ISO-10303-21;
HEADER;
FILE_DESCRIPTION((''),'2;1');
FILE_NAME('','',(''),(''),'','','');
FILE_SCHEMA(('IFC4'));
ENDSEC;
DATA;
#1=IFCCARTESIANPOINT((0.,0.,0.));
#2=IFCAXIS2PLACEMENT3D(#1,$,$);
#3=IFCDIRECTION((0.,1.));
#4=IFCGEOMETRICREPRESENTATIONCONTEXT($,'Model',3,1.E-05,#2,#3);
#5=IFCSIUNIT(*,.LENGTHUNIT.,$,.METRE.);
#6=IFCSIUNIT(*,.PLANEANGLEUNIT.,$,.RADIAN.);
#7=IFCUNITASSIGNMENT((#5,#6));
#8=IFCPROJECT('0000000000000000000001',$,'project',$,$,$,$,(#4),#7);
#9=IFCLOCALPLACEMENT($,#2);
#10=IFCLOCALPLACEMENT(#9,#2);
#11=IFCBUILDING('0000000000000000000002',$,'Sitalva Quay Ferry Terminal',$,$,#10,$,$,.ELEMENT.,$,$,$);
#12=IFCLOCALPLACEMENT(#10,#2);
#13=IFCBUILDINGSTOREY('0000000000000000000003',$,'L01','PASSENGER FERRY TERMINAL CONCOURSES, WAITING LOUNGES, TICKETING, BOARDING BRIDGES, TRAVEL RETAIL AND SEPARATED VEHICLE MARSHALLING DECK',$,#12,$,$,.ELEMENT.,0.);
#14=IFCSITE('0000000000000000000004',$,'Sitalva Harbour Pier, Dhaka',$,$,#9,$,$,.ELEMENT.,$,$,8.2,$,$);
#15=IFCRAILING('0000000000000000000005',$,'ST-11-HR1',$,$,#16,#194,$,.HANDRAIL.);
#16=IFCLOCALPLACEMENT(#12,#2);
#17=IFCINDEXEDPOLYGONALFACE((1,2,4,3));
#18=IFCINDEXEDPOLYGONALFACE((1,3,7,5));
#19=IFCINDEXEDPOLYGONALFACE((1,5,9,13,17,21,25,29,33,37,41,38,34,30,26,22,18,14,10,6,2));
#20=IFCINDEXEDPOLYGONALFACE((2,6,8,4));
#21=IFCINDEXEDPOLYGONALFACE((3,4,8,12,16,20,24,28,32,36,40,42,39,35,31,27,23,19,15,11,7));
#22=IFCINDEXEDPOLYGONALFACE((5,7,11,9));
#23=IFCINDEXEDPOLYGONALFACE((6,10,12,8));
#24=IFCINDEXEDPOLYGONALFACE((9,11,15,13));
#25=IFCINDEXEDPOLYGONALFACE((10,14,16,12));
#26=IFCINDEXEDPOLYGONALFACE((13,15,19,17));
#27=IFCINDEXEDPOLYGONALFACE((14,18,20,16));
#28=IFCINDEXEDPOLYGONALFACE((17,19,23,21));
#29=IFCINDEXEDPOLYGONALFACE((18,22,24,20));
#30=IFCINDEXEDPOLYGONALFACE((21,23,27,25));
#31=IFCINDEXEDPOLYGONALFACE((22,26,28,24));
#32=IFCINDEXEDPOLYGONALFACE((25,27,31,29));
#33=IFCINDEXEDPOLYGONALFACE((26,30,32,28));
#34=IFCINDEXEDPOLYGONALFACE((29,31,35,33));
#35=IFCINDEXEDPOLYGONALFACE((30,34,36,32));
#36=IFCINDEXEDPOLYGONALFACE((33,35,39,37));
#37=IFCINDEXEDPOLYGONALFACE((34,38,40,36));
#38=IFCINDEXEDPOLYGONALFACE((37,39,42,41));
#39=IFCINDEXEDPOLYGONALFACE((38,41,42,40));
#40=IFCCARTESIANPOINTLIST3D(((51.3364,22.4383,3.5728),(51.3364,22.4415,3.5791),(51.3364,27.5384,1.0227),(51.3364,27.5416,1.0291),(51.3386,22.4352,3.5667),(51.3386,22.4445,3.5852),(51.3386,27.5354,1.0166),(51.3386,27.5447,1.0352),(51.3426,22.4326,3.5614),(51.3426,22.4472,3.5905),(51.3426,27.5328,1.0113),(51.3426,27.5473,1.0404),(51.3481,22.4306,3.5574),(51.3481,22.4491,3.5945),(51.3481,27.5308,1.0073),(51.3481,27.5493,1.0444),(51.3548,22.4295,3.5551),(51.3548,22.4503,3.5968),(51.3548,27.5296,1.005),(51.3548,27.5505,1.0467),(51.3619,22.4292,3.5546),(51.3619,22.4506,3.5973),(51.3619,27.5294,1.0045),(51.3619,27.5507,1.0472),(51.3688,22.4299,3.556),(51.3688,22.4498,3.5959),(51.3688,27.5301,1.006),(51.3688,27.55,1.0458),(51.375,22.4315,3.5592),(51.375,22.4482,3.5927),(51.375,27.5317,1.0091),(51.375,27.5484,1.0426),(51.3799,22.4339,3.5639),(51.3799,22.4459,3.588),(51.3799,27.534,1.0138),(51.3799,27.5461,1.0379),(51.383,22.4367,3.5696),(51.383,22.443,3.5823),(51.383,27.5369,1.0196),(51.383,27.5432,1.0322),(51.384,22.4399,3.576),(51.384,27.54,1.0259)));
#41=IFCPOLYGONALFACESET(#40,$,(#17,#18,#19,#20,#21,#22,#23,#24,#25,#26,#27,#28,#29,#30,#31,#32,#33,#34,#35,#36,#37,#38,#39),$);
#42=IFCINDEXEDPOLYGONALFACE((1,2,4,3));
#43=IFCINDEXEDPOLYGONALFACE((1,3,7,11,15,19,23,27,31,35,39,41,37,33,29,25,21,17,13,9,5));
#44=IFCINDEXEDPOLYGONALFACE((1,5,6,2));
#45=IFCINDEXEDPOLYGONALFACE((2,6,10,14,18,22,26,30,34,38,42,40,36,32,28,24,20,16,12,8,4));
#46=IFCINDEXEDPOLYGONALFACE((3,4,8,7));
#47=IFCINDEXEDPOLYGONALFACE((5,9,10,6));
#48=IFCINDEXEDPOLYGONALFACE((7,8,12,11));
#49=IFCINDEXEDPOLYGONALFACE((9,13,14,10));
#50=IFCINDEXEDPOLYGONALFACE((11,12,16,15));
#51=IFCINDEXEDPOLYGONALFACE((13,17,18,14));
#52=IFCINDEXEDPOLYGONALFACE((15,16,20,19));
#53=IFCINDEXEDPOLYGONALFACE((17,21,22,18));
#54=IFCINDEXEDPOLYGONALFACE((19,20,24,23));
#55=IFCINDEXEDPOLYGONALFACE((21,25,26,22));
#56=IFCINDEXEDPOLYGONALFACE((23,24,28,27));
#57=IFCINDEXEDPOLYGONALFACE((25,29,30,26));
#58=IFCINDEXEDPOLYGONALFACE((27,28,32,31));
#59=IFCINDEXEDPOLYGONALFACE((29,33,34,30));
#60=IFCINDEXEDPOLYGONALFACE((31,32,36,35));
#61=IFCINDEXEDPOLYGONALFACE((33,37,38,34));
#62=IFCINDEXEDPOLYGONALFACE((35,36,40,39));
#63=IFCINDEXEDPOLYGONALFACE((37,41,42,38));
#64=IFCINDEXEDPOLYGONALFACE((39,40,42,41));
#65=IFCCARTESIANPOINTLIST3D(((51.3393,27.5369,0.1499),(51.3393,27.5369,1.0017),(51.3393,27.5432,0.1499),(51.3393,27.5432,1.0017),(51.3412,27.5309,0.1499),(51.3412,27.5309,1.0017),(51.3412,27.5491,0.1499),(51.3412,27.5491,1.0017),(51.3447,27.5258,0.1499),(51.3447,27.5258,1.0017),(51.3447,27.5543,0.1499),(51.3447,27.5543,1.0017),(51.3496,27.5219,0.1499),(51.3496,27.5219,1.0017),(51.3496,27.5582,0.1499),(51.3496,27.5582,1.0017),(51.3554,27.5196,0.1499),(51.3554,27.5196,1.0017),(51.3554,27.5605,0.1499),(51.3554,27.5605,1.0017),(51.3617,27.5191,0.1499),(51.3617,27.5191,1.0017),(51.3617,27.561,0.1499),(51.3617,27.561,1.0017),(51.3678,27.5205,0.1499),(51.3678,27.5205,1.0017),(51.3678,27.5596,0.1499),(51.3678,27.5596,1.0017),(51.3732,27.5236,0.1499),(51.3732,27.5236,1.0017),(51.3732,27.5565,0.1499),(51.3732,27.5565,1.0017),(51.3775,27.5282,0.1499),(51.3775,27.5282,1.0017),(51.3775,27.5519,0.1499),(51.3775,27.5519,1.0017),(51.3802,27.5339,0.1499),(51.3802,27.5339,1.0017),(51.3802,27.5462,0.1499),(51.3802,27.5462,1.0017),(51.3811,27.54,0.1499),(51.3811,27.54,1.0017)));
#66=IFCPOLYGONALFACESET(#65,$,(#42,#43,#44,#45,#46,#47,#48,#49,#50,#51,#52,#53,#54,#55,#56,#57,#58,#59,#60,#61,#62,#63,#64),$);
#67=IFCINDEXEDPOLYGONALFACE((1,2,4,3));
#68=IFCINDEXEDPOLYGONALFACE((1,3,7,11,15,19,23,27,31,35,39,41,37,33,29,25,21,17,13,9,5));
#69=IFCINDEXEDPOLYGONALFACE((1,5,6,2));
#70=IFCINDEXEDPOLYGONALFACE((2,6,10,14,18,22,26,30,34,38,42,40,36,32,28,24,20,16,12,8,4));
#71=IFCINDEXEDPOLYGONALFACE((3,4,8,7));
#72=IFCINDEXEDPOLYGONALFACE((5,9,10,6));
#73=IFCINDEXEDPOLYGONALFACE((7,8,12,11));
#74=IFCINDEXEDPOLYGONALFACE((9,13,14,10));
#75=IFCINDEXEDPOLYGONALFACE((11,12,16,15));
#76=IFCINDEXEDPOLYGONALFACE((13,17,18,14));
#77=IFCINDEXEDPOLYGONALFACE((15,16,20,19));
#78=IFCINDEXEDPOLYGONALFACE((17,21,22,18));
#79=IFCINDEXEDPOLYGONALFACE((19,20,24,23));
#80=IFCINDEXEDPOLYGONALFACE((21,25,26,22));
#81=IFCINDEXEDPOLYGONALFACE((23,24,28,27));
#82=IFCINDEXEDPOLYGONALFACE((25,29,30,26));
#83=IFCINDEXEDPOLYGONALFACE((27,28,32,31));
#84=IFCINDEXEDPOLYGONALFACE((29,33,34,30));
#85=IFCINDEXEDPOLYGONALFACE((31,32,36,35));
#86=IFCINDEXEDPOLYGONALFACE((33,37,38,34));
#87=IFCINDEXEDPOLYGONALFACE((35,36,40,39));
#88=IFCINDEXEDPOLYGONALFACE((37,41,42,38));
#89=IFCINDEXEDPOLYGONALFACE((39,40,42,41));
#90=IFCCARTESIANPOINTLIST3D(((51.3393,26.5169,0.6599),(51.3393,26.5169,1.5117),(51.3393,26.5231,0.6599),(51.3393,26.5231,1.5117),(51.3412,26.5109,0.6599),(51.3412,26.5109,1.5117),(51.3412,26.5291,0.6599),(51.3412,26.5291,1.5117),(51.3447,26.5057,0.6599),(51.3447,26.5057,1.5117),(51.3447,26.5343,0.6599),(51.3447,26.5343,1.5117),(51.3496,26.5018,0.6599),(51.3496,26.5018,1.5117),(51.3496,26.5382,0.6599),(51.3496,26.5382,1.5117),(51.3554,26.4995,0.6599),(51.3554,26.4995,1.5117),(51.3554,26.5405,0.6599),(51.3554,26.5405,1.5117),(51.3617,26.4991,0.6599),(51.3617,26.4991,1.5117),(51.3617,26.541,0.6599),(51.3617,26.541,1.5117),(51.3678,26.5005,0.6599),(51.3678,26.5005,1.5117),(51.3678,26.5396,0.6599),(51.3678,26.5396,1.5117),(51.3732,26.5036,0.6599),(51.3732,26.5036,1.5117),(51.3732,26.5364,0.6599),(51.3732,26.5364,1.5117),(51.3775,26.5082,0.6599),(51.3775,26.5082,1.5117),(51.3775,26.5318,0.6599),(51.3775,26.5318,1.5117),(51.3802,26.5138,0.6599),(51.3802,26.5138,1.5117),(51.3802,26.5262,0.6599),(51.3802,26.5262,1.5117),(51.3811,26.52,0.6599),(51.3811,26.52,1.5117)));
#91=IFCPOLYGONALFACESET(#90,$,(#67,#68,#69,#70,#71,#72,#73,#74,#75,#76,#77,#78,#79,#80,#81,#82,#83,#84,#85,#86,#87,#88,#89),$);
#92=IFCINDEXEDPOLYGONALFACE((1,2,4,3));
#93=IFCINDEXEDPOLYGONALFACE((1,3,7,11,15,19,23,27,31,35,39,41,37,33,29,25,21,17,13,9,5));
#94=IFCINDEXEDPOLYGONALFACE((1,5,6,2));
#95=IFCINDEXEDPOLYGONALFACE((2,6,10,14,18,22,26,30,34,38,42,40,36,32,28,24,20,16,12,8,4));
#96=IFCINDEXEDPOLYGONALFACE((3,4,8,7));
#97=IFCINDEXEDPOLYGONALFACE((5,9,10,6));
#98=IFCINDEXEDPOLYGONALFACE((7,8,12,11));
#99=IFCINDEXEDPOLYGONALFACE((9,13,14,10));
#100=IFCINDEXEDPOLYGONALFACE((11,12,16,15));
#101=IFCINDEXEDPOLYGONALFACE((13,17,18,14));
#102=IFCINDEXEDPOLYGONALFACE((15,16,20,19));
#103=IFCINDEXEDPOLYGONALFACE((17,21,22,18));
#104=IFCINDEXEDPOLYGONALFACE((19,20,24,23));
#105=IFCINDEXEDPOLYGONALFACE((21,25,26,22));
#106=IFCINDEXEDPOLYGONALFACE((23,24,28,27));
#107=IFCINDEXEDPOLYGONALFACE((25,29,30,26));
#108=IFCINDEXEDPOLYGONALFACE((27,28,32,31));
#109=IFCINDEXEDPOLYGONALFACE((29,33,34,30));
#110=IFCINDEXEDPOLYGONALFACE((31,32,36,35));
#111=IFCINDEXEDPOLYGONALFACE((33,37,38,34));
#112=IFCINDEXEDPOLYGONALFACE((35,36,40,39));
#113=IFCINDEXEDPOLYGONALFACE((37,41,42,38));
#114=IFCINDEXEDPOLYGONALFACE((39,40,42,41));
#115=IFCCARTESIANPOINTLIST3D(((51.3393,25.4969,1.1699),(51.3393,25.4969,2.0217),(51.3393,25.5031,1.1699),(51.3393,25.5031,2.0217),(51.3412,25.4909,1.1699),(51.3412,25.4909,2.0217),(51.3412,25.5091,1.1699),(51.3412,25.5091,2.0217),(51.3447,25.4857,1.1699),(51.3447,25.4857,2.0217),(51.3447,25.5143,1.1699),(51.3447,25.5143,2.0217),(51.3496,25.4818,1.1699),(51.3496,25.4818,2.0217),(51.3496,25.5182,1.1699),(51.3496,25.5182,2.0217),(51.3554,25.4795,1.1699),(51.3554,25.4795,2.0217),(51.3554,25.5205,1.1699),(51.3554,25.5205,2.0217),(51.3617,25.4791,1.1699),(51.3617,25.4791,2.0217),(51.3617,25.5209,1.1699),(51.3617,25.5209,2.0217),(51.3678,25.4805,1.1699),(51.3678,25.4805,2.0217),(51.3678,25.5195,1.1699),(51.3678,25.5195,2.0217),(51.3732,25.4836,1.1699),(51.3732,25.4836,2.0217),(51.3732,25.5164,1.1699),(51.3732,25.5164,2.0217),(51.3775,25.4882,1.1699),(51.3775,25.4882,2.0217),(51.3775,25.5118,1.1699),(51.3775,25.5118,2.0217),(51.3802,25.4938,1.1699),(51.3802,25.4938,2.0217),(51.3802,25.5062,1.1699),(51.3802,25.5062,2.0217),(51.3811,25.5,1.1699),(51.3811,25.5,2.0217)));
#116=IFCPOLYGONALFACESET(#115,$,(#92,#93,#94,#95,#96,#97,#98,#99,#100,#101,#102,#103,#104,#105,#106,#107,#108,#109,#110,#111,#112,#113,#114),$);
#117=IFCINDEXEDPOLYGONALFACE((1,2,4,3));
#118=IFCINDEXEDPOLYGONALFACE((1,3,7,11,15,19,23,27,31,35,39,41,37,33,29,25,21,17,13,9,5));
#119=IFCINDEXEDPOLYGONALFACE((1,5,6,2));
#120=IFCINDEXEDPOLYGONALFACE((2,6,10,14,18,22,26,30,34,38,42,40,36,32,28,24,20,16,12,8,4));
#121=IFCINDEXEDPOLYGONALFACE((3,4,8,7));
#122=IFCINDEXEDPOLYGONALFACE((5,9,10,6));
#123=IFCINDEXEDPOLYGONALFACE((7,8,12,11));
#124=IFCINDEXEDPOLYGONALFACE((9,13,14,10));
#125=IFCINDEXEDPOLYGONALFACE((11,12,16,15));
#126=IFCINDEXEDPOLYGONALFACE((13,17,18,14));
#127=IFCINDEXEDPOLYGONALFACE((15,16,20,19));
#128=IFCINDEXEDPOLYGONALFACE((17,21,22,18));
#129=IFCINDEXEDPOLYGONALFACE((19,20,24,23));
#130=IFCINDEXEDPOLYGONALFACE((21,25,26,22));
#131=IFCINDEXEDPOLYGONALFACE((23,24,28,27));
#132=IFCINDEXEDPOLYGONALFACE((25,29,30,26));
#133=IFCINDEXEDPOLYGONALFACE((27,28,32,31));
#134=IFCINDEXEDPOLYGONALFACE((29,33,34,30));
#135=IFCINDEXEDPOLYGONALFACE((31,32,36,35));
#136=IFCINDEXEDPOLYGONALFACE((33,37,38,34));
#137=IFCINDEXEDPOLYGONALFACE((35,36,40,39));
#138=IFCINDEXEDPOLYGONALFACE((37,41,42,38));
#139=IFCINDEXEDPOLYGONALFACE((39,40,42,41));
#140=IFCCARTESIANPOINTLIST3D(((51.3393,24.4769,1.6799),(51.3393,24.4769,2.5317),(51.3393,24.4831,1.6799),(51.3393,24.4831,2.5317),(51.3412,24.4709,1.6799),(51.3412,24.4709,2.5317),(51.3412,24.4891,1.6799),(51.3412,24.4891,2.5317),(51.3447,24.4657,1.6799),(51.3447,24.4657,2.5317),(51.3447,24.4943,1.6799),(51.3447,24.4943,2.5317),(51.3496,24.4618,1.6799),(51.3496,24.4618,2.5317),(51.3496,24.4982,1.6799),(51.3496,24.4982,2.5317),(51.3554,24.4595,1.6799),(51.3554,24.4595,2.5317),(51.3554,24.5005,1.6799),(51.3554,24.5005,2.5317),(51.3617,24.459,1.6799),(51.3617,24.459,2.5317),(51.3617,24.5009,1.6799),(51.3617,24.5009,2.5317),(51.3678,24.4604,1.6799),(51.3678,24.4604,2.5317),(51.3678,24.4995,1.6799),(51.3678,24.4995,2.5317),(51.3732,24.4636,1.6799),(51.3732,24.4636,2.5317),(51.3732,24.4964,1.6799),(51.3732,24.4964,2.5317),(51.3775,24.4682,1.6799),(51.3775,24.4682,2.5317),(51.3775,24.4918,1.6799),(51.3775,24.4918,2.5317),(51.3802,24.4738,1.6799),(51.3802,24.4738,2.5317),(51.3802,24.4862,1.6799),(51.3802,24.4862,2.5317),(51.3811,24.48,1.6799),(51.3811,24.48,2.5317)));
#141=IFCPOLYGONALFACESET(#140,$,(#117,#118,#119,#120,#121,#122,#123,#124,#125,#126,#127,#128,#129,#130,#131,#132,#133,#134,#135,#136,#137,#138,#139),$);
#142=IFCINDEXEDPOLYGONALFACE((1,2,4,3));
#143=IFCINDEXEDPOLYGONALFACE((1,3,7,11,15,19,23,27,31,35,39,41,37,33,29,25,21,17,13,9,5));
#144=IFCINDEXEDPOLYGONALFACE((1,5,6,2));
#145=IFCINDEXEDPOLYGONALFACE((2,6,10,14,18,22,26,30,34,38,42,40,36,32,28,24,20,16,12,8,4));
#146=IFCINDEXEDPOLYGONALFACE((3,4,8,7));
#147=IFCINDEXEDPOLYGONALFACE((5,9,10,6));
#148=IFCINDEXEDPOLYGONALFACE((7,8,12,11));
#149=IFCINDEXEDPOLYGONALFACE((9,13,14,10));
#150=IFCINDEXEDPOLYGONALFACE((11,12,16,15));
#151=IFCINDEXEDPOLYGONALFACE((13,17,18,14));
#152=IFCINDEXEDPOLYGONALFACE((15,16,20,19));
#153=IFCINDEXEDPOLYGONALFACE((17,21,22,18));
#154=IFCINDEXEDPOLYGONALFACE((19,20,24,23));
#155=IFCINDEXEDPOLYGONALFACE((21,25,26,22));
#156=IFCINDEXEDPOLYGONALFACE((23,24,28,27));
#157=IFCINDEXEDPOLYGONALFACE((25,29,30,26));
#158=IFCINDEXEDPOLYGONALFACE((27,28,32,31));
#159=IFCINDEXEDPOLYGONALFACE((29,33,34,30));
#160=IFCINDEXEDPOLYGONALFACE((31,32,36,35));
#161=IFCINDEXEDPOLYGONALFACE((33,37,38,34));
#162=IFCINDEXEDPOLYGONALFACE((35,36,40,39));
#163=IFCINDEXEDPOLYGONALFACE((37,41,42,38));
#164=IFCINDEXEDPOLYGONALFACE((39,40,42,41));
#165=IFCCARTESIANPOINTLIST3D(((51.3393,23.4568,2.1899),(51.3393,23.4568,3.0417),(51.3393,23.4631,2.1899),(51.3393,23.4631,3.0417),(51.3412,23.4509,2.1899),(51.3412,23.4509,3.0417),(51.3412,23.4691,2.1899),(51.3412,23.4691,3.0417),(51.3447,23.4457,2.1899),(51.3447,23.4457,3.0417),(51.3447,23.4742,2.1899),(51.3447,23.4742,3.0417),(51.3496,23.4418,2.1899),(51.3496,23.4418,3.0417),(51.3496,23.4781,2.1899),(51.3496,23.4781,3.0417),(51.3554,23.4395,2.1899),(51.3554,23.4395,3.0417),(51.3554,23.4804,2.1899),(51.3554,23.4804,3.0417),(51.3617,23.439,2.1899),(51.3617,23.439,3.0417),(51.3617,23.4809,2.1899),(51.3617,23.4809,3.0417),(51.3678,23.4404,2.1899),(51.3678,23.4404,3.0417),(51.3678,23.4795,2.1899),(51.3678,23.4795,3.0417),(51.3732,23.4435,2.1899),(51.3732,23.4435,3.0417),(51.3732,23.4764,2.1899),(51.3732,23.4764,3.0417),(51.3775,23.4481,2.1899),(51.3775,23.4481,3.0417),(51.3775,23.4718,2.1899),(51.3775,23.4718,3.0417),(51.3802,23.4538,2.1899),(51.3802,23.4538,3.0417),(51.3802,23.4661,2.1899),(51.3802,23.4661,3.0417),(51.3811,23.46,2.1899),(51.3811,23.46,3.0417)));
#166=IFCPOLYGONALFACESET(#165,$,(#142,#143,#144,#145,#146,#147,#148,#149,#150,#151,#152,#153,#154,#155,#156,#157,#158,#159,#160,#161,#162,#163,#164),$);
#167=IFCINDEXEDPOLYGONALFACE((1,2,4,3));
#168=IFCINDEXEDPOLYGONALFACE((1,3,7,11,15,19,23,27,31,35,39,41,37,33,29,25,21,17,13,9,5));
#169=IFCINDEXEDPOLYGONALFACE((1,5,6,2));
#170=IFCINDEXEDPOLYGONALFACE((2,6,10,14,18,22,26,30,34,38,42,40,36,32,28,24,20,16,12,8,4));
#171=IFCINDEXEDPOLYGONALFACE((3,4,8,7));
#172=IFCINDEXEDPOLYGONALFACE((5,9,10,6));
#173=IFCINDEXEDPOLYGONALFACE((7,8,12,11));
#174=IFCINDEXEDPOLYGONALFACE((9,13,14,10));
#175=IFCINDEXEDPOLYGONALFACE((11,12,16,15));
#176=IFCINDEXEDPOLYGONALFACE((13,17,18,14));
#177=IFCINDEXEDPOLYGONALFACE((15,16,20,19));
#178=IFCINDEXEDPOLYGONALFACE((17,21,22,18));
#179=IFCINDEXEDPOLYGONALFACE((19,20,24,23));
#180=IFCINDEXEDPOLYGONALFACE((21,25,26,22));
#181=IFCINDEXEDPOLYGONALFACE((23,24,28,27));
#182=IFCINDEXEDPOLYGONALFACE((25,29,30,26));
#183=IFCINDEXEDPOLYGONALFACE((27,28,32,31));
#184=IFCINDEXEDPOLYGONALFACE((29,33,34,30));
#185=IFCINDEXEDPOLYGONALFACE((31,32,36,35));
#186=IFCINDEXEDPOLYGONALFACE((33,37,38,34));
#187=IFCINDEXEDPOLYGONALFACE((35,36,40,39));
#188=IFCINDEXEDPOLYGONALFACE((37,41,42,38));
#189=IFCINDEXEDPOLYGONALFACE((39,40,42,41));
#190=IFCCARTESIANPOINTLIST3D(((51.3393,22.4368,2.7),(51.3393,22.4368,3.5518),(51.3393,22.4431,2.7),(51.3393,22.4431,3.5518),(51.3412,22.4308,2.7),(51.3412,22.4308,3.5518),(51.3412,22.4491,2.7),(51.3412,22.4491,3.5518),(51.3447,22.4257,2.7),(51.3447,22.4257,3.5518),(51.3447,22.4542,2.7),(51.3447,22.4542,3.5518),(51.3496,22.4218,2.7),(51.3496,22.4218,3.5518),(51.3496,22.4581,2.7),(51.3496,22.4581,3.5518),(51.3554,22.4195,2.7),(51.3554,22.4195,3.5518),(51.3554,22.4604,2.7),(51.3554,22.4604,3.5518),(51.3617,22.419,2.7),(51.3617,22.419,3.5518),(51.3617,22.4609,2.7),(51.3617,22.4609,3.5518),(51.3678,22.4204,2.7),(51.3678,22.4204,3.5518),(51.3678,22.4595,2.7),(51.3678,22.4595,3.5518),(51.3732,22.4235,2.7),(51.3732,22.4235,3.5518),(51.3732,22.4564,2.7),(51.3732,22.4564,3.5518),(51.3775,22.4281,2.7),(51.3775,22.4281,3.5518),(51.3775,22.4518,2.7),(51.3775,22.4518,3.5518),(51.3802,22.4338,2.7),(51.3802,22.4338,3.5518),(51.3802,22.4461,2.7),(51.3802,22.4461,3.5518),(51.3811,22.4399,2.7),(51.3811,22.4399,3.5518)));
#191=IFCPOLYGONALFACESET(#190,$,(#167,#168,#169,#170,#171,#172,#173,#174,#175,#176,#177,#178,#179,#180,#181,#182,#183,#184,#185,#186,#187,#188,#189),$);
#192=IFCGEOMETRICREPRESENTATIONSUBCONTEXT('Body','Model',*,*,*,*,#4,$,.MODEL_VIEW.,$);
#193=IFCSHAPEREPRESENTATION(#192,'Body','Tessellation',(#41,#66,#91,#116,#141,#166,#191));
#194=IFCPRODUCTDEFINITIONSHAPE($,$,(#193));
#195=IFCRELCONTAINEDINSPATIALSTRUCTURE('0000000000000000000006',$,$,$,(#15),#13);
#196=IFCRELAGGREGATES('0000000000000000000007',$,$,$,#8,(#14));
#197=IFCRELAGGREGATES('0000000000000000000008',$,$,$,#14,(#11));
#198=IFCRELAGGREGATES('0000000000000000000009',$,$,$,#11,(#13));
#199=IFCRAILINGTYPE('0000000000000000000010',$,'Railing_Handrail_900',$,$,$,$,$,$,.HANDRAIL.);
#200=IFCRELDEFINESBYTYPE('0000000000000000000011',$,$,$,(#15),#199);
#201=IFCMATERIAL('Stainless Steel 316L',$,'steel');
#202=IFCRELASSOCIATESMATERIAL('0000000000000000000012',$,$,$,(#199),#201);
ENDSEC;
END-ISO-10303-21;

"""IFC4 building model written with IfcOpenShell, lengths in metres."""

from ifc_helpers import new_model, si_unit, direction, frame, origin, origin_2d, place, context, subcontext, project, spatial, circle, extrude, material, type_object, element, save


model = new_model("IFC4")

# Units and contexts
model_context = context("Model", 3, precision=1e-05, world=origin(), true_north=direction((0.0, 1.0)))
body_context = subcontext(model_context, "Body", "Model", "MODEL_VIEW")
ifc_project = project(units=[si_unit("LENGTHUNIT", "METRE"), si_unit("PLANEANGLEUNIT", "RADIAN")], contexts=[model_context])

# Site, building, storey
site_placement = place(None, origin())
site = spatial("IfcSite", under=ifc_project, at=site_placement, Name="Sitalva Harbour Pier, Dhaka", CompositionType="ELEMENT", RefElevation=8.2)
building_placement = place(site_placement, origin())
building = spatial("IfcBuilding", under=site, at=building_placement, Name="Sitalva Quay Ferry Terminal", CompositionType="ELEMENT")
storey_placement = place(building_placement, origin())
storey = spatial("IfcBuildingStorey", under=building, at=storey_placement, Name="L01", Description="PASSENGER FERRY TERMINAL CONCOURSES, WAITING LOUNGES, TICKETING, BOARDING BRIDGES, TRAVEL RETAIL AND SEPARATED VEHICLE MARSHALLING DECK", CompositionType="ELEMENT", Elevation=0.0)

# Railing
ifc_material_1 = material(Name="Stainless Steel 316L", Category="steel")
railing_type_1 = type_object("IfcRailingType", Name="Railing_Handrail_900", PredefinedType="HANDRAIL", material=ifc_material_1)
railing_1_placement = place(storey_placement, frame((51.3601, 27.54, 0.1499)))
element("IfcRailing", 1, at=railing_1_placement, inside=storey, type_object=railing_type_1, Name="ST-11-HR1", PredefinedType="HANDRAIL", context=body_context, shape_type="SweptSolid", body=[
    extrude(circle(Radius=0.0239, at=origin_2d()), frame((0.0, 0.0, 0.876), z_axis=(0.0, -0.894427, 0.447214), x_axis=(1.0, 0.0, 0.0)), (0.0, 0.0, 1.0), 5.7021),
    extrude(circle(Radius=0.021, at=origin_2d()), origin(), (0.0, 0.0, 1.0), 0.8518),
    extrude(circle(Radius=0.021, at=origin_2d()), frame((0.0, -1.02, 0.51)), (0.0, 0.0, 1.0), 0.8518),
    extrude(circle(Radius=0.021, at=origin_2d()), frame((0.0, -2.04, 1.02)), (0.0, 0.0, 1.0), 0.8518),
    extrude(circle(Radius=0.021, at=origin_2d()), frame((0.0, -3.0601, 1.53)), (0.0, 0.0, 1.0), 0.8518),
    extrude(circle(Radius=0.021, at=origin_2d()), frame((0.0, -4.0801, 2.04)), (0.0, 0.0, 1.0), 0.8518),
    extrude(circle(Radius=0.021, at=origin_2d()), frame((0.0, -5.1001, 2.55)), (0.0, 0.0, 1.0), 0.8518),
])

save(model, "model.ifc")
